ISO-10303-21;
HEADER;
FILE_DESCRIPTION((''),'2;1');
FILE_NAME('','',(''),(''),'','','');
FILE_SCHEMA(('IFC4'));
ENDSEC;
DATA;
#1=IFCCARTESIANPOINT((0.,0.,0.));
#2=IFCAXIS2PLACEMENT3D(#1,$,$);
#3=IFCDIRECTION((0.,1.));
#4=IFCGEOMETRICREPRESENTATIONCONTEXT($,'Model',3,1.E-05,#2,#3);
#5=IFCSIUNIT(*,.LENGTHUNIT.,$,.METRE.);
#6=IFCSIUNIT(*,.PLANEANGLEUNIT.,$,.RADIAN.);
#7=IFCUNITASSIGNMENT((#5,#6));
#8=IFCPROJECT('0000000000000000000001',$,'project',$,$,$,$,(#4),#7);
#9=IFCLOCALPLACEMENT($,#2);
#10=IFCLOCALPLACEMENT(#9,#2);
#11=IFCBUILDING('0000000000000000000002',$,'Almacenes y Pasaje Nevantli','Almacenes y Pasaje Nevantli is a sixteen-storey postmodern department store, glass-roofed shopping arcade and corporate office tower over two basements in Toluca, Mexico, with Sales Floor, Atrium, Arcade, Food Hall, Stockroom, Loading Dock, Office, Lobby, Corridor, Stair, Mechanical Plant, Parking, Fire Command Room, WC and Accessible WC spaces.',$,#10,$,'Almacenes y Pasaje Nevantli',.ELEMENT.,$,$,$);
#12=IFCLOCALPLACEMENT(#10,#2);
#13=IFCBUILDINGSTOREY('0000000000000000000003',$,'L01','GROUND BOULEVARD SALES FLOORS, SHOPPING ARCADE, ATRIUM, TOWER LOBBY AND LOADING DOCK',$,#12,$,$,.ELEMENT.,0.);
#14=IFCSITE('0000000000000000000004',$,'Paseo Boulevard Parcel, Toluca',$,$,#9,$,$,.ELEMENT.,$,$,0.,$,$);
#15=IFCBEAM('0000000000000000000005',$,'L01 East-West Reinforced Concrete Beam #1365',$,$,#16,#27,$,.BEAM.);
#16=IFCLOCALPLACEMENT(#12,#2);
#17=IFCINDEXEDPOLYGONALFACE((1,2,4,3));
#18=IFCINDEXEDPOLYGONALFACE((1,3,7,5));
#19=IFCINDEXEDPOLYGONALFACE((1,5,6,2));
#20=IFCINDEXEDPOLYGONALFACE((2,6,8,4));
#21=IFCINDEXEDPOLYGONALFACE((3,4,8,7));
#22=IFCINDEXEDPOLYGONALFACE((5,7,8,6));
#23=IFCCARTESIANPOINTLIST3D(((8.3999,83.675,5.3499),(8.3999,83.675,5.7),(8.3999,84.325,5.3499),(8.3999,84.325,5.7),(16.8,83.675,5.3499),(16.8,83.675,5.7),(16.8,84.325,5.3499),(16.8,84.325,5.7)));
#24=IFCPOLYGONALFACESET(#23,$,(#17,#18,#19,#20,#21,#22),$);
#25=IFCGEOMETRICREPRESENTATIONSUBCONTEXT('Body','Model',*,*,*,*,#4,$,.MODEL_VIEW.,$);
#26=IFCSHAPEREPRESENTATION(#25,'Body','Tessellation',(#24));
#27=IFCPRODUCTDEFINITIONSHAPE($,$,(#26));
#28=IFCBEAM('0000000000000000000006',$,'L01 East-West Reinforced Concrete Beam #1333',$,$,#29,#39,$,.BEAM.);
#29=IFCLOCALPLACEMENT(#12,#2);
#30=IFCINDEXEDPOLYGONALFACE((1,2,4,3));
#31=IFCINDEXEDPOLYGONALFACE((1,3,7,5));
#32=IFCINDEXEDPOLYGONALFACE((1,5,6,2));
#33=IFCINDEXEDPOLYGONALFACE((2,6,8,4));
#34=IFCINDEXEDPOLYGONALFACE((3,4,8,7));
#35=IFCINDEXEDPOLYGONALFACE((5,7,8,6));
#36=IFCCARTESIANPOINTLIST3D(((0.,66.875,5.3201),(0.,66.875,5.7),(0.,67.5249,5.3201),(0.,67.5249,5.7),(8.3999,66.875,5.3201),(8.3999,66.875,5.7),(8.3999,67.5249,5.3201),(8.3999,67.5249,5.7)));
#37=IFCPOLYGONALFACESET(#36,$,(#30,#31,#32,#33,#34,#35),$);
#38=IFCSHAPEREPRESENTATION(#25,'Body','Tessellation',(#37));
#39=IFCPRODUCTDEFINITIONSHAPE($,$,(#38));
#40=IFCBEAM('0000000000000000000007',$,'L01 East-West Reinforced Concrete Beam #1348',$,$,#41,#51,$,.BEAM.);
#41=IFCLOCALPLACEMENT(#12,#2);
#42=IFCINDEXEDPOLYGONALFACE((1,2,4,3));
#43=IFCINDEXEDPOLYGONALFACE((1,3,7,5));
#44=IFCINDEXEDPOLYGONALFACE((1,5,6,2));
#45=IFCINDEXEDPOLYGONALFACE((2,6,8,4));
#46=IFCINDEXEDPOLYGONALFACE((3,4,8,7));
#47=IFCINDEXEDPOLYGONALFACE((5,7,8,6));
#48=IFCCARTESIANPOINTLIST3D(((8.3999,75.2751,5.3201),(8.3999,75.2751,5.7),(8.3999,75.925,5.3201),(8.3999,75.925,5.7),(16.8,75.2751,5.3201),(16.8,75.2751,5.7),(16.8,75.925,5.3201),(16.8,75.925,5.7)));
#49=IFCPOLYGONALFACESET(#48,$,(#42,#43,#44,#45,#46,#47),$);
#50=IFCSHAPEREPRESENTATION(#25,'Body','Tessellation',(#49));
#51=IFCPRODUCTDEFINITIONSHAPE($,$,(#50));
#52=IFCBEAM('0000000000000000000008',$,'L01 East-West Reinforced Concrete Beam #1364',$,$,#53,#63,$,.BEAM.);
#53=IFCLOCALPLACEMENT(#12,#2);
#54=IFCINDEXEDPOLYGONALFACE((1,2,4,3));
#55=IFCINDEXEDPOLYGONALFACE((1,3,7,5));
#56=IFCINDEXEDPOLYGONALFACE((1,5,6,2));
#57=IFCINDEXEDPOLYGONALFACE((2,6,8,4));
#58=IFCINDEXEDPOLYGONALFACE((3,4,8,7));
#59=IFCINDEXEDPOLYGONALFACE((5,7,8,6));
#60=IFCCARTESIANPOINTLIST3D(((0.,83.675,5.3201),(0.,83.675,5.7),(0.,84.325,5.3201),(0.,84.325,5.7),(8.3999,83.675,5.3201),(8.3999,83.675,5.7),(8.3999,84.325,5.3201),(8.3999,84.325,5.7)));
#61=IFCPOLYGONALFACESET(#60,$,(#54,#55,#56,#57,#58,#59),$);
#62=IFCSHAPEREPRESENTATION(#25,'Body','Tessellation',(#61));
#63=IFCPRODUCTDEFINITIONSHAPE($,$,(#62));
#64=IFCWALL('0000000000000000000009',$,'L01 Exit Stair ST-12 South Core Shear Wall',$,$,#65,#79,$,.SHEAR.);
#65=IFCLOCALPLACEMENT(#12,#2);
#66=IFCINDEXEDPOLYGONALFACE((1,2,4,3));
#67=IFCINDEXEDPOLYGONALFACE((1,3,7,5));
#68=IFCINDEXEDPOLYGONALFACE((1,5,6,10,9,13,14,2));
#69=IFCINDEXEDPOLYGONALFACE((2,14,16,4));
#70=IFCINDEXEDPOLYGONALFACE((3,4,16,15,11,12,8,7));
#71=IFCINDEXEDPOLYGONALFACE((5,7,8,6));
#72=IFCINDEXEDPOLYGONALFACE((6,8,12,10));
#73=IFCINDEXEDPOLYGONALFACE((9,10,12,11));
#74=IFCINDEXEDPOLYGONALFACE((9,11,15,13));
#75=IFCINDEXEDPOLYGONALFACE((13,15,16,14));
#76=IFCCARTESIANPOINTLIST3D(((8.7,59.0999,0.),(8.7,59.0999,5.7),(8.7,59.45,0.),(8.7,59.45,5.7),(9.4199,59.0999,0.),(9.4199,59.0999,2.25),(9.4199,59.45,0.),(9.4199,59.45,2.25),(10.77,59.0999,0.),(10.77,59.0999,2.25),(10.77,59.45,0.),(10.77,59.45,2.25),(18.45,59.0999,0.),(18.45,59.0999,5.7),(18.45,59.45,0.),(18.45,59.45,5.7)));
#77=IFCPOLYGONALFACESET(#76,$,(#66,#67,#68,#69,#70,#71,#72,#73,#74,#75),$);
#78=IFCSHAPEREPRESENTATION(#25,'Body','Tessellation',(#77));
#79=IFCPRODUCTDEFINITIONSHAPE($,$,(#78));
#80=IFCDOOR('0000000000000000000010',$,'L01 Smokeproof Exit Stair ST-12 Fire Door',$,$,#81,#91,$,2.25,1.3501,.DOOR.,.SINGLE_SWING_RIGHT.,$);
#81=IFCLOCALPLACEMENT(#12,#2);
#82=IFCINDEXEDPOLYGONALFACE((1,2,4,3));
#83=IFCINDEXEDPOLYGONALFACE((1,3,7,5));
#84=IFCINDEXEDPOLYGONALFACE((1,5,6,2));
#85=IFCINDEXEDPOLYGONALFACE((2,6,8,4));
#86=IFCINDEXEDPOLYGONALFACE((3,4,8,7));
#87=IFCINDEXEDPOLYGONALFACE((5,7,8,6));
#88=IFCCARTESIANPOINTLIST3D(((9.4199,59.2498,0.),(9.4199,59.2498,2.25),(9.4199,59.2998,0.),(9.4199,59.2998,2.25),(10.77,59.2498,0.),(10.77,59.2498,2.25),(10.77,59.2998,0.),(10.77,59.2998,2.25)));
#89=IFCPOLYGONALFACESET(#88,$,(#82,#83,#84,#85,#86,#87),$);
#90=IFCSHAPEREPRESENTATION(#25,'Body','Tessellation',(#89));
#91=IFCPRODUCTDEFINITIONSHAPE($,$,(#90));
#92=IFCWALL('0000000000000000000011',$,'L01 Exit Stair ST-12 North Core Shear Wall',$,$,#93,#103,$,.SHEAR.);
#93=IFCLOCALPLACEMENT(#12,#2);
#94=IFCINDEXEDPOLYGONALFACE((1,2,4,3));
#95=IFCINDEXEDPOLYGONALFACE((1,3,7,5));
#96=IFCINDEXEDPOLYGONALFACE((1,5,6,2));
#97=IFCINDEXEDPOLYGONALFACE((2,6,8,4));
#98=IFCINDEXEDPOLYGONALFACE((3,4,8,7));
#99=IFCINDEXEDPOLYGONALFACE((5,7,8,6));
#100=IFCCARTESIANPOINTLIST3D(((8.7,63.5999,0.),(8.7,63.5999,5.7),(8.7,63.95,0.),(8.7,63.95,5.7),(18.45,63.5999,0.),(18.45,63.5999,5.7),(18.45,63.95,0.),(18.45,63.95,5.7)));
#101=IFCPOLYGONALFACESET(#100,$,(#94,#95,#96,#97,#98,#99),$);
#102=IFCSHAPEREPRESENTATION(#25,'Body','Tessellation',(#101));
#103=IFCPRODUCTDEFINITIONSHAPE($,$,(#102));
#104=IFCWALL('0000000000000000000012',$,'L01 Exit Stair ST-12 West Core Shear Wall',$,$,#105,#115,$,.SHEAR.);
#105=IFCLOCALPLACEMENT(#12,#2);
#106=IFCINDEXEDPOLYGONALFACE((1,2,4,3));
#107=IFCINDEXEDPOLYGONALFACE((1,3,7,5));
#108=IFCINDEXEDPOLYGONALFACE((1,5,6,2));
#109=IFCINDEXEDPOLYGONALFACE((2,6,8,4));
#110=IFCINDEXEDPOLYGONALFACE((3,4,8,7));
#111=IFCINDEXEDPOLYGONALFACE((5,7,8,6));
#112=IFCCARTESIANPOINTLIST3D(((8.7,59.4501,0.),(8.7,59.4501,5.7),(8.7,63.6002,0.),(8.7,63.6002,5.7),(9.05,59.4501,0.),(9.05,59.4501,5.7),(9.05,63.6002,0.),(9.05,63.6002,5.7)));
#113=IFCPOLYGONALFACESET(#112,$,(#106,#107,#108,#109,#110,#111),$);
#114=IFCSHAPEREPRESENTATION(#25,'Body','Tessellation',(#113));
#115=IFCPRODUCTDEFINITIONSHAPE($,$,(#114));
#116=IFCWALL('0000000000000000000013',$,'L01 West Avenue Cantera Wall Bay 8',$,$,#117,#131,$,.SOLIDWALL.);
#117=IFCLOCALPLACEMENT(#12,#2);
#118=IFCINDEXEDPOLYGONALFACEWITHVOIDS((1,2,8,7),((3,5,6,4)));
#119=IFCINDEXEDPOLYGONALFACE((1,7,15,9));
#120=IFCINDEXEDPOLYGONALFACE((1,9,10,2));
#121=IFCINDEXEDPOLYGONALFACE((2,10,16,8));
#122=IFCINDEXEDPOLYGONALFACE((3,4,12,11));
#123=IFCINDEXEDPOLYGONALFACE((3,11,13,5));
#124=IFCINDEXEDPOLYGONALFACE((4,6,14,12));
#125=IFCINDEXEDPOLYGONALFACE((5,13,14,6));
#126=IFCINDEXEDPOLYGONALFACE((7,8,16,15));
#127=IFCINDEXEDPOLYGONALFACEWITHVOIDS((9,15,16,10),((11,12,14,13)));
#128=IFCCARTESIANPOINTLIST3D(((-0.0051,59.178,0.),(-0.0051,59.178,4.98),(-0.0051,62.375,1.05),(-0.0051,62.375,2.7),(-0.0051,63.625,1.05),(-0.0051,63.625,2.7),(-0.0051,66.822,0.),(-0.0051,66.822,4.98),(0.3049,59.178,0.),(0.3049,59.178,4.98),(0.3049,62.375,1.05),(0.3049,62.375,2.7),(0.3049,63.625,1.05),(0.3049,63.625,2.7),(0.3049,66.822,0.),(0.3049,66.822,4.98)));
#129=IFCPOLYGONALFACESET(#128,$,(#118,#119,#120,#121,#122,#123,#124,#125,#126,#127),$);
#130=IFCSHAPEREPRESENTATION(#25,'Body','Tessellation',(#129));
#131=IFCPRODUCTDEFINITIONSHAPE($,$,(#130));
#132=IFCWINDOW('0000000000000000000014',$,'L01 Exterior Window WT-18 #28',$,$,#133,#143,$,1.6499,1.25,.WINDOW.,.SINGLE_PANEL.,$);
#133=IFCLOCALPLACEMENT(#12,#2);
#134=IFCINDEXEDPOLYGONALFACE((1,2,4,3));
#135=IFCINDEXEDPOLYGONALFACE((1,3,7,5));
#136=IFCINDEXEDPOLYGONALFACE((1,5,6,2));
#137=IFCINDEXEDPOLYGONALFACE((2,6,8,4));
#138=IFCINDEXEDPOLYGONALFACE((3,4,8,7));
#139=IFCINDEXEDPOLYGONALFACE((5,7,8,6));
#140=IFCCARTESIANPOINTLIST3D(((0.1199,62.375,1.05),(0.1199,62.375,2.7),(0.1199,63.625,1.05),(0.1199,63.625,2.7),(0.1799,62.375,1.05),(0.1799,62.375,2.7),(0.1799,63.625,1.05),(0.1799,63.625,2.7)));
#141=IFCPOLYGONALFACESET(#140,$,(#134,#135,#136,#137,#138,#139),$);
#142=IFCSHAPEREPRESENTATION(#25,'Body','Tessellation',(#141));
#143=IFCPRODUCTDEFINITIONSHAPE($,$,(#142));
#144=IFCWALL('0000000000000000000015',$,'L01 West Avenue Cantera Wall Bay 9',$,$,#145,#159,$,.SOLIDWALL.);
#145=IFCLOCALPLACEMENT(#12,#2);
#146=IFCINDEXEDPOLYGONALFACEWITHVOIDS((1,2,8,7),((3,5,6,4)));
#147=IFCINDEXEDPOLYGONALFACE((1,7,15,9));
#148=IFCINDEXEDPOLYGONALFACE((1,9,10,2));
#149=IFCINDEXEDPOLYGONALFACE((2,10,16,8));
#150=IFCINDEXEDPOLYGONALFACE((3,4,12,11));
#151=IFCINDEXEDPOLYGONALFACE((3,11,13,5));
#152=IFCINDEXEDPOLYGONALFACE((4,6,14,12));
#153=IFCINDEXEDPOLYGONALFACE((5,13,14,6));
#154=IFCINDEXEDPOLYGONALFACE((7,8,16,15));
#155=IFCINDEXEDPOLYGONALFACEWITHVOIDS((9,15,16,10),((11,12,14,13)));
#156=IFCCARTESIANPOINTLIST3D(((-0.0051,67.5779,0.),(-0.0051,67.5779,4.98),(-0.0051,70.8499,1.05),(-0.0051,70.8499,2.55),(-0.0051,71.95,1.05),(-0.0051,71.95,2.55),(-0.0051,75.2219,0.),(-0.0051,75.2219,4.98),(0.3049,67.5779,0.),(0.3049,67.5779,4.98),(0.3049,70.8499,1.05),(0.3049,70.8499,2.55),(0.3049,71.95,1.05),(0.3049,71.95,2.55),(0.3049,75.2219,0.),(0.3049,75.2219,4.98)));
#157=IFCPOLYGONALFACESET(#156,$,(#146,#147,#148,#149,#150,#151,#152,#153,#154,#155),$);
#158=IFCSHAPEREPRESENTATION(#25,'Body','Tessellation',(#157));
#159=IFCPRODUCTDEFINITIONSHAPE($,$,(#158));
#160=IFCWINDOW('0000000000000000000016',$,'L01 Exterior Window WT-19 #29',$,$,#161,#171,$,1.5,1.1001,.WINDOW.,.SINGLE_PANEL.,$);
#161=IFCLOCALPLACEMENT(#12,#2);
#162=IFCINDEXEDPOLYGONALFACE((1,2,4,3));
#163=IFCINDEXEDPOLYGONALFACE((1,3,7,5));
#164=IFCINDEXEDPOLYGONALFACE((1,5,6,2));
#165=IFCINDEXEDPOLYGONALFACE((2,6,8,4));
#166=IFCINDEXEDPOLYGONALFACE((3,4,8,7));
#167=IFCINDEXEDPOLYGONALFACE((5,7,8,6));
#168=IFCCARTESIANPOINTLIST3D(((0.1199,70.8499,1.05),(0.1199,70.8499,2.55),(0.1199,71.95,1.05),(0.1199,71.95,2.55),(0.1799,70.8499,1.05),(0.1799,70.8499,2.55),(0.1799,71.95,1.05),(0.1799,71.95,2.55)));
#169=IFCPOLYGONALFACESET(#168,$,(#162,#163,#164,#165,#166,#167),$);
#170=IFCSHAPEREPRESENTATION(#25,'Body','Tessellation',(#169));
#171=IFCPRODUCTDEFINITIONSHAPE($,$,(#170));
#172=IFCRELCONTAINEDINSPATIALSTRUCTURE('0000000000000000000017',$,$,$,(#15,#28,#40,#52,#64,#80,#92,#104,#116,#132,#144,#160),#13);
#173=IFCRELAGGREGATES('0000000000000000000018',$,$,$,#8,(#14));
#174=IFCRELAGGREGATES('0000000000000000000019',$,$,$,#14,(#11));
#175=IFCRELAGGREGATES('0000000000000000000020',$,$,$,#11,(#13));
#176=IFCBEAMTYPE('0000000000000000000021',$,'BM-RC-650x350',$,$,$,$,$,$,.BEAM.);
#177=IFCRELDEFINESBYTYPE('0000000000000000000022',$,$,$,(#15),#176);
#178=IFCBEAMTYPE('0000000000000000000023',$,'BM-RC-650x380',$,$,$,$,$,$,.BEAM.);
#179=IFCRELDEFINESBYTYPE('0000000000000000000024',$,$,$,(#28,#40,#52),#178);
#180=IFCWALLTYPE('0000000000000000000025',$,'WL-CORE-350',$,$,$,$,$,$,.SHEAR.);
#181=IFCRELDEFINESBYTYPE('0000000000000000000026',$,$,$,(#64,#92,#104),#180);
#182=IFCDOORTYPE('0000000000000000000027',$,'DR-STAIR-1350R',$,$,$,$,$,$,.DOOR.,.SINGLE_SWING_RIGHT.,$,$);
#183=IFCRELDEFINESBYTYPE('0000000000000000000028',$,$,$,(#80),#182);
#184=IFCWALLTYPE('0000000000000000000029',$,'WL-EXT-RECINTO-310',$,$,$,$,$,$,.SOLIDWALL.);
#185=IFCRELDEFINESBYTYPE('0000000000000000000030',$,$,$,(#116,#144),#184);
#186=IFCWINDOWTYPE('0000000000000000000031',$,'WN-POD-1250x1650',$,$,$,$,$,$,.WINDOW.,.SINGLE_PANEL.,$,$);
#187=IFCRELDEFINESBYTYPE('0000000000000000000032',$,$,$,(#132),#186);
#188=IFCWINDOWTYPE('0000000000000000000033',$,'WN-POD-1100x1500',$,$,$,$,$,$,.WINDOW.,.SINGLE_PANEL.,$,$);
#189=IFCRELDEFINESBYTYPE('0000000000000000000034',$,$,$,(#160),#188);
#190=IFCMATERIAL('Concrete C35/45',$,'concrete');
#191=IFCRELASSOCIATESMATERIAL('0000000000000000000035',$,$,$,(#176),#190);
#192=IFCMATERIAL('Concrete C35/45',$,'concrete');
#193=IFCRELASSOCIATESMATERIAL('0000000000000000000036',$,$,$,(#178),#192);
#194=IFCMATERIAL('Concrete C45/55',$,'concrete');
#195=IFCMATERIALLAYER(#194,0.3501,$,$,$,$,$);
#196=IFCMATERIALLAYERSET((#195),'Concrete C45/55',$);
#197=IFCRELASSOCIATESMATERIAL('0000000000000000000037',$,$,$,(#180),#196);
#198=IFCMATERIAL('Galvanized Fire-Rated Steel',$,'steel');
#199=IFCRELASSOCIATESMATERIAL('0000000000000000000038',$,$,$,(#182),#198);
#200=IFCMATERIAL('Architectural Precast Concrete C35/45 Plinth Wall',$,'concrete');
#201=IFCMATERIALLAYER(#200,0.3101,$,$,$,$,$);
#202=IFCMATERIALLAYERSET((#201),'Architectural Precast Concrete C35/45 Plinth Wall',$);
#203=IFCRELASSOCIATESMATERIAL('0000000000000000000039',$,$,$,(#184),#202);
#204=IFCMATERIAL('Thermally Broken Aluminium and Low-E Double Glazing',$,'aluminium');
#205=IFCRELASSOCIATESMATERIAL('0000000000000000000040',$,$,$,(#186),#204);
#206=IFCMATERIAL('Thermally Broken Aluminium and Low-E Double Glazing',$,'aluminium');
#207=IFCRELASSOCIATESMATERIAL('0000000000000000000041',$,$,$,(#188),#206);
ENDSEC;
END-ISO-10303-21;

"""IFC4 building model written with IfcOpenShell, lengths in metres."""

from ifc_helpers import new_model, si_unit, direction, frame, frame_2d, origin, origin_2d, place, context, subcontext, project, spatial, rectangle, extrude, material, layer, layer_set, material_profile, profile_set, type_object, element, fill, save


model = new_model("IFC4")

# Units and contexts
model_context = context("Model", 3, precision=1e-05, world=origin(), true_north=direction((0.0, 1.0)))
body_context = subcontext(model_context, "Body", "Model", "MODEL_VIEW")
ifc_project = project(units=[si_unit("LENGTHUNIT", "METRE"), si_unit("PLANEANGLEUNIT", "RADIAN")], contexts=[model_context])

# Site, building, storey
site_placement = place(None, origin())
site = spatial("IfcSite", under=ifc_project, at=site_placement, Name="Paseo Boulevard Parcel, Toluca", CompositionType="ELEMENT", RefElevation=0.0)
building_placement = place(site_placement, origin())
building = spatial("IfcBuilding", under=site, at=building_placement, Name="Almacenes y Pasaje Nevantli", Description="Almacenes y Pasaje Nevantli is a sixteen-storey postmodern department store, glass-roofed shopping arcade and corporate office tower over two basements in Toluca, Mexico, with Sales Floor, Atrium, Arcade, Food Hall, Stockroom, Loading Dock, Office, Lobby, Corridor, Stair, Mechanical Plant, Parking, Fire Command Room, WC and Accessible WC spaces.", LongName="Almacenes y Pasaje Nevantli", CompositionType="ELEMENT")
storey_placement = place(building_placement, origin())
storey = spatial("IfcBuildingStorey", under=building, at=storey_placement, Name="L01", Description="GROUND BOULEVARD SALES FLOORS, SHOPPING ARCADE, ATRIUM, TOWER LOBBY AND LOADING DOCK", CompositionType="ELEMENT", Elevation=0.0)

# Beams
ifc_material_1 = material(Name="Concrete C35/45", Category="concrete")
ifc_material_profile_1 = material_profile(ifc_material_1, rectangle(XDim=0.6499, YDim=0.3501, at=origin_2d()), Name="RC-BM-650x350")
ifc_profile_set_1 = profile_set([ifc_material_profile_1], Name="Concrete C35/45")
beam_type_1 = type_object("IfcBeamType", Name="BM-RC-650x350", PredefinedType="BEAM", material=ifc_profile_set_1)
beam_1_placement = place(storey_placement, frame((8.3999, 84.0, 5.5249), z_axis=(1.0, 0.0, 0.0), x_axis=(0.0, 1.0, 0.0)))
element("IfcBeam", 1, at=beam_1_placement, inside=storey, type_object=beam_type_1, Name="L01 East-West Reinforced Concrete Beam #1365", PredefinedType="BEAM", context=body_context, shape_type="SweptSolid", body=[
    extrude(rectangle(XDim=0.6499, YDim=0.3501, at=origin_2d()), origin(), (0.0, 0.0, 1.0), 8.4001),
])
ifc_material_2 = material(Name="Concrete C35/45", Category="concrete")
ifc_material_profile_2 = material_profile(ifc_material_2, rectangle(XDim=0.6499, YDim=0.3799, at=origin_2d()), Name="RC-BM-650x380")
ifc_profile_set_2 = profile_set([ifc_material_profile_2], Name="Concrete C35/45")
beam_type_2 = type_object("IfcBeamType", Name="BM-RC-650x380", PredefinedType="BEAM", material=ifc_profile_set_2)
beam_2_placement = place(storey_placement, frame((0.0, 67.2, 5.51), z_axis=(1.0, 0.0, 0.0), x_axis=(0.0, 1.0, 0.0)))
element("IfcBeam", 2, at=beam_2_placement, inside=storey, type_object=beam_type_2, Name="L01 East-West Reinforced Concrete Beam #1333", PredefinedType="BEAM", context=body_context, shape_type="SweptSolid", body=[
    extrude(rectangle(XDim=0.6499, YDim=0.3799, at=origin_2d()), origin(), (0.0, 0.0, 1.0), 8.3999),
])
beam_3_placement = place(storey_placement, frame((8.3999, 75.6001, 5.51), z_axis=(1.0, 0.0, 0.0), x_axis=(0.0, 1.0, 0.0)))
element("IfcBeam", 3, at=beam_3_placement, inside=storey, type_object=beam_type_2, Name="L01 East-West Reinforced Concrete Beam #1348", PredefinedType="BEAM", context=body_context, shape_type="SweptSolid", body=[
    extrude(rectangle(XDim=0.6499, YDim=0.3799, at=origin_2d()), origin(), (0.0, 0.0, 1.0), 8.4001),
])
beam_4_placement = place(storey_placement, frame((0.0, 84.0, 5.51), z_axis=(1.0, 0.0, 0.0), x_axis=(0.0, 1.0, 0.0)))
element("IfcBeam", 4, at=beam_4_placement, inside=storey, type_object=beam_type_2, Name="L01 East-West Reinforced Concrete Beam #1364", PredefinedType="BEAM", context=body_context, shape_type="SweptSolid", body=[
    extrude(rectangle(XDim=0.6499, YDim=0.3799, at=origin_2d()), origin(), (0.0, 0.0, 1.0), 8.3999),
])

# Wall, opening, door
ifc_material_3 = material(Name="Concrete C45/55", Category="concrete")
ifc_layer_1 = layer(ifc_material_3, 0.3501)
ifc_layer_set_1 = layer_set([ifc_layer_1], Name="Concrete C45/55")
wall_type_1 = type_object("IfcWallType", Name="WL-CORE-350", PredefinedType="SHEAR", material=ifc_layer_set_1)
wall_1_placement = place(storey_placement, frame((8.7, 59.2749, 0.0), z_axis=(0.0, 0.0, 1.0), x_axis=(1.0, 0.0, 0.0)))
wall_1 = element("IfcWall", 5, at=wall_1_placement, inside=storey, type_object=wall_type_1, Name="L01 Exit Stair ST-12 South Core Shear Wall", PredefinedType="SHEAR", context=body_context, shape_type="SweptSolid", body=[
    extrude(rectangle(XDim=9.75, YDim=0.3501, at=frame_2d((4.875, 0.0))), origin(), (0.0, 0.0, 1.0), 5.7),
])
opening_1_placement = place(wall_1_placement, frame((0.72, 0.0, 0.0)))
opening_1 = element("IfcOpeningElement", 6, at=opening_1_placement, cuts=wall_1, PredefinedType="OPENING", context=body_context, shape_type="SweptSolid", body=[
    extrude(rectangle(XDim=1.3501, YDim=2.25, at=frame_2d((0.675, 1.125))), frame((0.0, 0.1851, 0.0), z_axis=(0.0, -1.0, 0.0), x_axis=(1.0, 0.0, 0.0)), (0.0, 0.0, 1.0), 0.3701),
])
ifc_material_4 = material(Name="Galvanized Fire-Rated Steel", Category="steel")
door_type = type_object("IfcDoorType", Name="DR-STAIR-1350R", OperationType="SINGLE_SWING_RIGHT", PredefinedType="DOOR", material=ifc_material_4)
door_placement = place(opening_1_placement, origin())
door = element("IfcDoor", 7, at=door_placement, inside=storey, type_object=door_type, Name="L01 Smokeproof Exit Stair ST-12 Fire Door", OperationType="SINGLE_SWING_RIGHT", OverallHeight=2.25, OverallWidth=1.3501, PredefinedType="DOOR", context=body_context, shape_type="SweptSolid", body=[
    extrude(rectangle(XDim=1.3501, YDim=2.25, at=frame_2d((0.675, 1.125))), frame((0.0, 0.0249, 0.0), z_axis=(0.0, -1.0, 0.0), x_axis=(1.0, 0.0, 0.0)), (0.0, 0.0, 1.0), 0.05),
])
fill(opening_1, door)

# Walls
wall_2_placement = place(storey_placement, frame((8.7, 63.7749, 0.0), z_axis=(0.0, 0.0, 1.0), x_axis=(1.0, 0.0, 0.0)))
element("IfcWall", 8, at=wall_2_placement, inside=storey, type_object=wall_type_1, Name="L01 Exit Stair ST-12 North Core Shear Wall", PredefinedType="SHEAR", context=body_context, shape_type="SweptSolid", body=[
    extrude(rectangle(XDim=9.75, YDim=0.3501, at=frame_2d((4.875, 0.0))), origin(), (0.0, 0.0, 1.0), 5.7),
])
wall_3_placement = place(storey_placement, frame((8.875, 59.45, 0.0), z_axis=(0.0, 0.0, 1.0), x_axis=(0.0, 1.0, 0.0)))
element("IfcWall", 9, at=wall_3_placement, inside=storey, type_object=wall_type_1, Name="L01 Exit Stair ST-12 West Core Shear Wall", PredefinedType="SHEAR", context=body_context, shape_type="SweptSolid", body=[
    extrude(rectangle(XDim=4.1501, YDim=0.3501, at=frame_2d((2.0752, 0.0))), origin(), (0.0, 0.0, 1.0), 5.7),
])

# Walls, openings, windows
ifc_material_5 = material(Name="Architectural Precast Concrete C35/45 Plinth Wall", Category="concrete")
ifc_layer_2 = layer(ifc_material_5, 0.3101)
ifc_layer_set_2 = layer_set([ifc_layer_2], Name="Architectural Precast Concrete C35/45 Plinth Wall")
wall_type_2 = type_object("IfcWallType", Name="WL-EXT-RECINTO-310", PredefinedType="SOLIDWALL", material=ifc_layer_set_2)
wall_4_placement = place(storey_placement, frame((0.1499, 59.178, 0.0), z_axis=(0.0, 0.0, 1.0), x_axis=(0.0, 1.0, 0.0)))
wall_4 = element("IfcWall", 10, at=wall_4_placement, inside=storey, type_object=wall_type_2, Name="L01 West Avenue Cantera Wall Bay 8", PredefinedType="SOLIDWALL", context=body_context, shape_type="SweptSolid", body=[
    extrude(rectangle(XDim=7.644, YDim=0.3101, at=frame_2d((3.822, 0.0))), origin(), (0.0, 0.0, 1.0), 4.98),
])
opening_2_placement = place(wall_4_placement, frame((3.197, 0.0, 1.05)))
opening_2 = element("IfcOpeningElement", 11, at=opening_2_placement, cuts=wall_4, PredefinedType="OPENING", context=body_context, shape_type="SweptSolid", body=[
    extrude(rectangle(XDim=1.25, YDim=1.6499, at=frame_2d((0.625, 0.825))), frame((0.0, 0.165, 0.0), z_axis=(0.0, -1.0, 0.0), x_axis=(1.0, 0.0, 0.0)), (0.0, 0.0, 1.0), 0.3301),
])
ifc_material_6 = material(Name="Thermally Broken Aluminium and Low-E Double Glazing", Category="aluminium")
window_type_1 = type_object("IfcWindowType", Name="WN-POD-1250x1650", PartitioningType="SINGLE_PANEL", PredefinedType="WINDOW", material=ifc_material_6)
window_1_placement = place(opening_2_placement, origin())
window_1 = element("IfcWindow", 12, at=window_1_placement, inside=storey, type_object=window_type_1, Name="L01 Exterior Window WT-18 #28", OverallHeight=1.6499, OverallWidth=1.25, PartitioningType="SINGLE_PANEL", PredefinedType="WINDOW", context=body_context, shape_type="SweptSolid", body=[
    extrude(rectangle(XDim=1.25, YDim=1.6499, at=frame_2d((0.625, 0.825))), frame((0.0, 0.03, 0.0), z_axis=(0.0, -1.0, 0.0), x_axis=(1.0, 0.0, 0.0)), (0.0, 0.0, 1.0), 0.0601),
])
fill(opening_2, window_1)
wall_5_placement = place(storey_placement, frame((0.1499, 67.5779, 0.0), z_axis=(0.0, 0.0, 1.0), x_axis=(0.0, 1.0, 0.0)))
wall_5 = element("IfcWall", 13, at=wall_5_placement, inside=storey, type_object=wall_type_2, Name="L01 West Avenue Cantera Wall Bay 9", PredefinedType="SOLIDWALL", context=body_context, shape_type="SweptSolid", body=[
    extrude(rectangle(XDim=7.644, YDim=0.3101, at=frame_2d((3.822, 0.0))), origin(), (0.0, 0.0, 1.0), 4.98),
])
opening_3_placement = place(wall_5_placement, frame((3.272, 0.0, 1.05)))
opening_3 = element("IfcOpeningElement", 14, at=opening_3_placement, cuts=wall_5, PredefinedType="OPENING", context=body_context, shape_type="SweptSolid", body=[
    extrude(rectangle(XDim=1.1001, YDim=1.5, at=frame_2d((0.55, 0.75))), frame((0.0, 0.165, 0.0), z_axis=(0.0, -1.0, 0.0), x_axis=(1.0, 0.0, 0.0)), (0.0, 0.0, 1.0), 0.3301),
])
ifc_material_7 = material(Name="Thermally Broken Aluminium and Low-E Double Glazing", Category="aluminium")
window_type_2 = type_object("IfcWindowType", Name="WN-POD-1100x1500", PartitioningType="SINGLE_PANEL", PredefinedType="WINDOW", material=ifc_material_7)
window_2_placement = place(opening_3_placement, origin())
window_2 = element("IfcWindow", 15, at=window_2_placement, inside=storey, type_object=window_type_2, Name="L01 Exterior Window WT-19 #29", OverallHeight=1.5, OverallWidth=1.1001, PartitioningType="SINGLE_PANEL", PredefinedType="WINDOW", context=body_context, shape_type="SweptSolid", body=[
    extrude(rectangle(XDim=1.1001, YDim=1.5, at=frame_2d((0.55, 0.75))), frame((0.0, 0.03, 0.0), z_axis=(0.0, -1.0, 0.0), x_axis=(1.0, 0.0, 0.0)), (0.0, 0.0, 1.0), 0.0601),
])
fill(opening_3, window_2)

save(model, "model.ifc")
